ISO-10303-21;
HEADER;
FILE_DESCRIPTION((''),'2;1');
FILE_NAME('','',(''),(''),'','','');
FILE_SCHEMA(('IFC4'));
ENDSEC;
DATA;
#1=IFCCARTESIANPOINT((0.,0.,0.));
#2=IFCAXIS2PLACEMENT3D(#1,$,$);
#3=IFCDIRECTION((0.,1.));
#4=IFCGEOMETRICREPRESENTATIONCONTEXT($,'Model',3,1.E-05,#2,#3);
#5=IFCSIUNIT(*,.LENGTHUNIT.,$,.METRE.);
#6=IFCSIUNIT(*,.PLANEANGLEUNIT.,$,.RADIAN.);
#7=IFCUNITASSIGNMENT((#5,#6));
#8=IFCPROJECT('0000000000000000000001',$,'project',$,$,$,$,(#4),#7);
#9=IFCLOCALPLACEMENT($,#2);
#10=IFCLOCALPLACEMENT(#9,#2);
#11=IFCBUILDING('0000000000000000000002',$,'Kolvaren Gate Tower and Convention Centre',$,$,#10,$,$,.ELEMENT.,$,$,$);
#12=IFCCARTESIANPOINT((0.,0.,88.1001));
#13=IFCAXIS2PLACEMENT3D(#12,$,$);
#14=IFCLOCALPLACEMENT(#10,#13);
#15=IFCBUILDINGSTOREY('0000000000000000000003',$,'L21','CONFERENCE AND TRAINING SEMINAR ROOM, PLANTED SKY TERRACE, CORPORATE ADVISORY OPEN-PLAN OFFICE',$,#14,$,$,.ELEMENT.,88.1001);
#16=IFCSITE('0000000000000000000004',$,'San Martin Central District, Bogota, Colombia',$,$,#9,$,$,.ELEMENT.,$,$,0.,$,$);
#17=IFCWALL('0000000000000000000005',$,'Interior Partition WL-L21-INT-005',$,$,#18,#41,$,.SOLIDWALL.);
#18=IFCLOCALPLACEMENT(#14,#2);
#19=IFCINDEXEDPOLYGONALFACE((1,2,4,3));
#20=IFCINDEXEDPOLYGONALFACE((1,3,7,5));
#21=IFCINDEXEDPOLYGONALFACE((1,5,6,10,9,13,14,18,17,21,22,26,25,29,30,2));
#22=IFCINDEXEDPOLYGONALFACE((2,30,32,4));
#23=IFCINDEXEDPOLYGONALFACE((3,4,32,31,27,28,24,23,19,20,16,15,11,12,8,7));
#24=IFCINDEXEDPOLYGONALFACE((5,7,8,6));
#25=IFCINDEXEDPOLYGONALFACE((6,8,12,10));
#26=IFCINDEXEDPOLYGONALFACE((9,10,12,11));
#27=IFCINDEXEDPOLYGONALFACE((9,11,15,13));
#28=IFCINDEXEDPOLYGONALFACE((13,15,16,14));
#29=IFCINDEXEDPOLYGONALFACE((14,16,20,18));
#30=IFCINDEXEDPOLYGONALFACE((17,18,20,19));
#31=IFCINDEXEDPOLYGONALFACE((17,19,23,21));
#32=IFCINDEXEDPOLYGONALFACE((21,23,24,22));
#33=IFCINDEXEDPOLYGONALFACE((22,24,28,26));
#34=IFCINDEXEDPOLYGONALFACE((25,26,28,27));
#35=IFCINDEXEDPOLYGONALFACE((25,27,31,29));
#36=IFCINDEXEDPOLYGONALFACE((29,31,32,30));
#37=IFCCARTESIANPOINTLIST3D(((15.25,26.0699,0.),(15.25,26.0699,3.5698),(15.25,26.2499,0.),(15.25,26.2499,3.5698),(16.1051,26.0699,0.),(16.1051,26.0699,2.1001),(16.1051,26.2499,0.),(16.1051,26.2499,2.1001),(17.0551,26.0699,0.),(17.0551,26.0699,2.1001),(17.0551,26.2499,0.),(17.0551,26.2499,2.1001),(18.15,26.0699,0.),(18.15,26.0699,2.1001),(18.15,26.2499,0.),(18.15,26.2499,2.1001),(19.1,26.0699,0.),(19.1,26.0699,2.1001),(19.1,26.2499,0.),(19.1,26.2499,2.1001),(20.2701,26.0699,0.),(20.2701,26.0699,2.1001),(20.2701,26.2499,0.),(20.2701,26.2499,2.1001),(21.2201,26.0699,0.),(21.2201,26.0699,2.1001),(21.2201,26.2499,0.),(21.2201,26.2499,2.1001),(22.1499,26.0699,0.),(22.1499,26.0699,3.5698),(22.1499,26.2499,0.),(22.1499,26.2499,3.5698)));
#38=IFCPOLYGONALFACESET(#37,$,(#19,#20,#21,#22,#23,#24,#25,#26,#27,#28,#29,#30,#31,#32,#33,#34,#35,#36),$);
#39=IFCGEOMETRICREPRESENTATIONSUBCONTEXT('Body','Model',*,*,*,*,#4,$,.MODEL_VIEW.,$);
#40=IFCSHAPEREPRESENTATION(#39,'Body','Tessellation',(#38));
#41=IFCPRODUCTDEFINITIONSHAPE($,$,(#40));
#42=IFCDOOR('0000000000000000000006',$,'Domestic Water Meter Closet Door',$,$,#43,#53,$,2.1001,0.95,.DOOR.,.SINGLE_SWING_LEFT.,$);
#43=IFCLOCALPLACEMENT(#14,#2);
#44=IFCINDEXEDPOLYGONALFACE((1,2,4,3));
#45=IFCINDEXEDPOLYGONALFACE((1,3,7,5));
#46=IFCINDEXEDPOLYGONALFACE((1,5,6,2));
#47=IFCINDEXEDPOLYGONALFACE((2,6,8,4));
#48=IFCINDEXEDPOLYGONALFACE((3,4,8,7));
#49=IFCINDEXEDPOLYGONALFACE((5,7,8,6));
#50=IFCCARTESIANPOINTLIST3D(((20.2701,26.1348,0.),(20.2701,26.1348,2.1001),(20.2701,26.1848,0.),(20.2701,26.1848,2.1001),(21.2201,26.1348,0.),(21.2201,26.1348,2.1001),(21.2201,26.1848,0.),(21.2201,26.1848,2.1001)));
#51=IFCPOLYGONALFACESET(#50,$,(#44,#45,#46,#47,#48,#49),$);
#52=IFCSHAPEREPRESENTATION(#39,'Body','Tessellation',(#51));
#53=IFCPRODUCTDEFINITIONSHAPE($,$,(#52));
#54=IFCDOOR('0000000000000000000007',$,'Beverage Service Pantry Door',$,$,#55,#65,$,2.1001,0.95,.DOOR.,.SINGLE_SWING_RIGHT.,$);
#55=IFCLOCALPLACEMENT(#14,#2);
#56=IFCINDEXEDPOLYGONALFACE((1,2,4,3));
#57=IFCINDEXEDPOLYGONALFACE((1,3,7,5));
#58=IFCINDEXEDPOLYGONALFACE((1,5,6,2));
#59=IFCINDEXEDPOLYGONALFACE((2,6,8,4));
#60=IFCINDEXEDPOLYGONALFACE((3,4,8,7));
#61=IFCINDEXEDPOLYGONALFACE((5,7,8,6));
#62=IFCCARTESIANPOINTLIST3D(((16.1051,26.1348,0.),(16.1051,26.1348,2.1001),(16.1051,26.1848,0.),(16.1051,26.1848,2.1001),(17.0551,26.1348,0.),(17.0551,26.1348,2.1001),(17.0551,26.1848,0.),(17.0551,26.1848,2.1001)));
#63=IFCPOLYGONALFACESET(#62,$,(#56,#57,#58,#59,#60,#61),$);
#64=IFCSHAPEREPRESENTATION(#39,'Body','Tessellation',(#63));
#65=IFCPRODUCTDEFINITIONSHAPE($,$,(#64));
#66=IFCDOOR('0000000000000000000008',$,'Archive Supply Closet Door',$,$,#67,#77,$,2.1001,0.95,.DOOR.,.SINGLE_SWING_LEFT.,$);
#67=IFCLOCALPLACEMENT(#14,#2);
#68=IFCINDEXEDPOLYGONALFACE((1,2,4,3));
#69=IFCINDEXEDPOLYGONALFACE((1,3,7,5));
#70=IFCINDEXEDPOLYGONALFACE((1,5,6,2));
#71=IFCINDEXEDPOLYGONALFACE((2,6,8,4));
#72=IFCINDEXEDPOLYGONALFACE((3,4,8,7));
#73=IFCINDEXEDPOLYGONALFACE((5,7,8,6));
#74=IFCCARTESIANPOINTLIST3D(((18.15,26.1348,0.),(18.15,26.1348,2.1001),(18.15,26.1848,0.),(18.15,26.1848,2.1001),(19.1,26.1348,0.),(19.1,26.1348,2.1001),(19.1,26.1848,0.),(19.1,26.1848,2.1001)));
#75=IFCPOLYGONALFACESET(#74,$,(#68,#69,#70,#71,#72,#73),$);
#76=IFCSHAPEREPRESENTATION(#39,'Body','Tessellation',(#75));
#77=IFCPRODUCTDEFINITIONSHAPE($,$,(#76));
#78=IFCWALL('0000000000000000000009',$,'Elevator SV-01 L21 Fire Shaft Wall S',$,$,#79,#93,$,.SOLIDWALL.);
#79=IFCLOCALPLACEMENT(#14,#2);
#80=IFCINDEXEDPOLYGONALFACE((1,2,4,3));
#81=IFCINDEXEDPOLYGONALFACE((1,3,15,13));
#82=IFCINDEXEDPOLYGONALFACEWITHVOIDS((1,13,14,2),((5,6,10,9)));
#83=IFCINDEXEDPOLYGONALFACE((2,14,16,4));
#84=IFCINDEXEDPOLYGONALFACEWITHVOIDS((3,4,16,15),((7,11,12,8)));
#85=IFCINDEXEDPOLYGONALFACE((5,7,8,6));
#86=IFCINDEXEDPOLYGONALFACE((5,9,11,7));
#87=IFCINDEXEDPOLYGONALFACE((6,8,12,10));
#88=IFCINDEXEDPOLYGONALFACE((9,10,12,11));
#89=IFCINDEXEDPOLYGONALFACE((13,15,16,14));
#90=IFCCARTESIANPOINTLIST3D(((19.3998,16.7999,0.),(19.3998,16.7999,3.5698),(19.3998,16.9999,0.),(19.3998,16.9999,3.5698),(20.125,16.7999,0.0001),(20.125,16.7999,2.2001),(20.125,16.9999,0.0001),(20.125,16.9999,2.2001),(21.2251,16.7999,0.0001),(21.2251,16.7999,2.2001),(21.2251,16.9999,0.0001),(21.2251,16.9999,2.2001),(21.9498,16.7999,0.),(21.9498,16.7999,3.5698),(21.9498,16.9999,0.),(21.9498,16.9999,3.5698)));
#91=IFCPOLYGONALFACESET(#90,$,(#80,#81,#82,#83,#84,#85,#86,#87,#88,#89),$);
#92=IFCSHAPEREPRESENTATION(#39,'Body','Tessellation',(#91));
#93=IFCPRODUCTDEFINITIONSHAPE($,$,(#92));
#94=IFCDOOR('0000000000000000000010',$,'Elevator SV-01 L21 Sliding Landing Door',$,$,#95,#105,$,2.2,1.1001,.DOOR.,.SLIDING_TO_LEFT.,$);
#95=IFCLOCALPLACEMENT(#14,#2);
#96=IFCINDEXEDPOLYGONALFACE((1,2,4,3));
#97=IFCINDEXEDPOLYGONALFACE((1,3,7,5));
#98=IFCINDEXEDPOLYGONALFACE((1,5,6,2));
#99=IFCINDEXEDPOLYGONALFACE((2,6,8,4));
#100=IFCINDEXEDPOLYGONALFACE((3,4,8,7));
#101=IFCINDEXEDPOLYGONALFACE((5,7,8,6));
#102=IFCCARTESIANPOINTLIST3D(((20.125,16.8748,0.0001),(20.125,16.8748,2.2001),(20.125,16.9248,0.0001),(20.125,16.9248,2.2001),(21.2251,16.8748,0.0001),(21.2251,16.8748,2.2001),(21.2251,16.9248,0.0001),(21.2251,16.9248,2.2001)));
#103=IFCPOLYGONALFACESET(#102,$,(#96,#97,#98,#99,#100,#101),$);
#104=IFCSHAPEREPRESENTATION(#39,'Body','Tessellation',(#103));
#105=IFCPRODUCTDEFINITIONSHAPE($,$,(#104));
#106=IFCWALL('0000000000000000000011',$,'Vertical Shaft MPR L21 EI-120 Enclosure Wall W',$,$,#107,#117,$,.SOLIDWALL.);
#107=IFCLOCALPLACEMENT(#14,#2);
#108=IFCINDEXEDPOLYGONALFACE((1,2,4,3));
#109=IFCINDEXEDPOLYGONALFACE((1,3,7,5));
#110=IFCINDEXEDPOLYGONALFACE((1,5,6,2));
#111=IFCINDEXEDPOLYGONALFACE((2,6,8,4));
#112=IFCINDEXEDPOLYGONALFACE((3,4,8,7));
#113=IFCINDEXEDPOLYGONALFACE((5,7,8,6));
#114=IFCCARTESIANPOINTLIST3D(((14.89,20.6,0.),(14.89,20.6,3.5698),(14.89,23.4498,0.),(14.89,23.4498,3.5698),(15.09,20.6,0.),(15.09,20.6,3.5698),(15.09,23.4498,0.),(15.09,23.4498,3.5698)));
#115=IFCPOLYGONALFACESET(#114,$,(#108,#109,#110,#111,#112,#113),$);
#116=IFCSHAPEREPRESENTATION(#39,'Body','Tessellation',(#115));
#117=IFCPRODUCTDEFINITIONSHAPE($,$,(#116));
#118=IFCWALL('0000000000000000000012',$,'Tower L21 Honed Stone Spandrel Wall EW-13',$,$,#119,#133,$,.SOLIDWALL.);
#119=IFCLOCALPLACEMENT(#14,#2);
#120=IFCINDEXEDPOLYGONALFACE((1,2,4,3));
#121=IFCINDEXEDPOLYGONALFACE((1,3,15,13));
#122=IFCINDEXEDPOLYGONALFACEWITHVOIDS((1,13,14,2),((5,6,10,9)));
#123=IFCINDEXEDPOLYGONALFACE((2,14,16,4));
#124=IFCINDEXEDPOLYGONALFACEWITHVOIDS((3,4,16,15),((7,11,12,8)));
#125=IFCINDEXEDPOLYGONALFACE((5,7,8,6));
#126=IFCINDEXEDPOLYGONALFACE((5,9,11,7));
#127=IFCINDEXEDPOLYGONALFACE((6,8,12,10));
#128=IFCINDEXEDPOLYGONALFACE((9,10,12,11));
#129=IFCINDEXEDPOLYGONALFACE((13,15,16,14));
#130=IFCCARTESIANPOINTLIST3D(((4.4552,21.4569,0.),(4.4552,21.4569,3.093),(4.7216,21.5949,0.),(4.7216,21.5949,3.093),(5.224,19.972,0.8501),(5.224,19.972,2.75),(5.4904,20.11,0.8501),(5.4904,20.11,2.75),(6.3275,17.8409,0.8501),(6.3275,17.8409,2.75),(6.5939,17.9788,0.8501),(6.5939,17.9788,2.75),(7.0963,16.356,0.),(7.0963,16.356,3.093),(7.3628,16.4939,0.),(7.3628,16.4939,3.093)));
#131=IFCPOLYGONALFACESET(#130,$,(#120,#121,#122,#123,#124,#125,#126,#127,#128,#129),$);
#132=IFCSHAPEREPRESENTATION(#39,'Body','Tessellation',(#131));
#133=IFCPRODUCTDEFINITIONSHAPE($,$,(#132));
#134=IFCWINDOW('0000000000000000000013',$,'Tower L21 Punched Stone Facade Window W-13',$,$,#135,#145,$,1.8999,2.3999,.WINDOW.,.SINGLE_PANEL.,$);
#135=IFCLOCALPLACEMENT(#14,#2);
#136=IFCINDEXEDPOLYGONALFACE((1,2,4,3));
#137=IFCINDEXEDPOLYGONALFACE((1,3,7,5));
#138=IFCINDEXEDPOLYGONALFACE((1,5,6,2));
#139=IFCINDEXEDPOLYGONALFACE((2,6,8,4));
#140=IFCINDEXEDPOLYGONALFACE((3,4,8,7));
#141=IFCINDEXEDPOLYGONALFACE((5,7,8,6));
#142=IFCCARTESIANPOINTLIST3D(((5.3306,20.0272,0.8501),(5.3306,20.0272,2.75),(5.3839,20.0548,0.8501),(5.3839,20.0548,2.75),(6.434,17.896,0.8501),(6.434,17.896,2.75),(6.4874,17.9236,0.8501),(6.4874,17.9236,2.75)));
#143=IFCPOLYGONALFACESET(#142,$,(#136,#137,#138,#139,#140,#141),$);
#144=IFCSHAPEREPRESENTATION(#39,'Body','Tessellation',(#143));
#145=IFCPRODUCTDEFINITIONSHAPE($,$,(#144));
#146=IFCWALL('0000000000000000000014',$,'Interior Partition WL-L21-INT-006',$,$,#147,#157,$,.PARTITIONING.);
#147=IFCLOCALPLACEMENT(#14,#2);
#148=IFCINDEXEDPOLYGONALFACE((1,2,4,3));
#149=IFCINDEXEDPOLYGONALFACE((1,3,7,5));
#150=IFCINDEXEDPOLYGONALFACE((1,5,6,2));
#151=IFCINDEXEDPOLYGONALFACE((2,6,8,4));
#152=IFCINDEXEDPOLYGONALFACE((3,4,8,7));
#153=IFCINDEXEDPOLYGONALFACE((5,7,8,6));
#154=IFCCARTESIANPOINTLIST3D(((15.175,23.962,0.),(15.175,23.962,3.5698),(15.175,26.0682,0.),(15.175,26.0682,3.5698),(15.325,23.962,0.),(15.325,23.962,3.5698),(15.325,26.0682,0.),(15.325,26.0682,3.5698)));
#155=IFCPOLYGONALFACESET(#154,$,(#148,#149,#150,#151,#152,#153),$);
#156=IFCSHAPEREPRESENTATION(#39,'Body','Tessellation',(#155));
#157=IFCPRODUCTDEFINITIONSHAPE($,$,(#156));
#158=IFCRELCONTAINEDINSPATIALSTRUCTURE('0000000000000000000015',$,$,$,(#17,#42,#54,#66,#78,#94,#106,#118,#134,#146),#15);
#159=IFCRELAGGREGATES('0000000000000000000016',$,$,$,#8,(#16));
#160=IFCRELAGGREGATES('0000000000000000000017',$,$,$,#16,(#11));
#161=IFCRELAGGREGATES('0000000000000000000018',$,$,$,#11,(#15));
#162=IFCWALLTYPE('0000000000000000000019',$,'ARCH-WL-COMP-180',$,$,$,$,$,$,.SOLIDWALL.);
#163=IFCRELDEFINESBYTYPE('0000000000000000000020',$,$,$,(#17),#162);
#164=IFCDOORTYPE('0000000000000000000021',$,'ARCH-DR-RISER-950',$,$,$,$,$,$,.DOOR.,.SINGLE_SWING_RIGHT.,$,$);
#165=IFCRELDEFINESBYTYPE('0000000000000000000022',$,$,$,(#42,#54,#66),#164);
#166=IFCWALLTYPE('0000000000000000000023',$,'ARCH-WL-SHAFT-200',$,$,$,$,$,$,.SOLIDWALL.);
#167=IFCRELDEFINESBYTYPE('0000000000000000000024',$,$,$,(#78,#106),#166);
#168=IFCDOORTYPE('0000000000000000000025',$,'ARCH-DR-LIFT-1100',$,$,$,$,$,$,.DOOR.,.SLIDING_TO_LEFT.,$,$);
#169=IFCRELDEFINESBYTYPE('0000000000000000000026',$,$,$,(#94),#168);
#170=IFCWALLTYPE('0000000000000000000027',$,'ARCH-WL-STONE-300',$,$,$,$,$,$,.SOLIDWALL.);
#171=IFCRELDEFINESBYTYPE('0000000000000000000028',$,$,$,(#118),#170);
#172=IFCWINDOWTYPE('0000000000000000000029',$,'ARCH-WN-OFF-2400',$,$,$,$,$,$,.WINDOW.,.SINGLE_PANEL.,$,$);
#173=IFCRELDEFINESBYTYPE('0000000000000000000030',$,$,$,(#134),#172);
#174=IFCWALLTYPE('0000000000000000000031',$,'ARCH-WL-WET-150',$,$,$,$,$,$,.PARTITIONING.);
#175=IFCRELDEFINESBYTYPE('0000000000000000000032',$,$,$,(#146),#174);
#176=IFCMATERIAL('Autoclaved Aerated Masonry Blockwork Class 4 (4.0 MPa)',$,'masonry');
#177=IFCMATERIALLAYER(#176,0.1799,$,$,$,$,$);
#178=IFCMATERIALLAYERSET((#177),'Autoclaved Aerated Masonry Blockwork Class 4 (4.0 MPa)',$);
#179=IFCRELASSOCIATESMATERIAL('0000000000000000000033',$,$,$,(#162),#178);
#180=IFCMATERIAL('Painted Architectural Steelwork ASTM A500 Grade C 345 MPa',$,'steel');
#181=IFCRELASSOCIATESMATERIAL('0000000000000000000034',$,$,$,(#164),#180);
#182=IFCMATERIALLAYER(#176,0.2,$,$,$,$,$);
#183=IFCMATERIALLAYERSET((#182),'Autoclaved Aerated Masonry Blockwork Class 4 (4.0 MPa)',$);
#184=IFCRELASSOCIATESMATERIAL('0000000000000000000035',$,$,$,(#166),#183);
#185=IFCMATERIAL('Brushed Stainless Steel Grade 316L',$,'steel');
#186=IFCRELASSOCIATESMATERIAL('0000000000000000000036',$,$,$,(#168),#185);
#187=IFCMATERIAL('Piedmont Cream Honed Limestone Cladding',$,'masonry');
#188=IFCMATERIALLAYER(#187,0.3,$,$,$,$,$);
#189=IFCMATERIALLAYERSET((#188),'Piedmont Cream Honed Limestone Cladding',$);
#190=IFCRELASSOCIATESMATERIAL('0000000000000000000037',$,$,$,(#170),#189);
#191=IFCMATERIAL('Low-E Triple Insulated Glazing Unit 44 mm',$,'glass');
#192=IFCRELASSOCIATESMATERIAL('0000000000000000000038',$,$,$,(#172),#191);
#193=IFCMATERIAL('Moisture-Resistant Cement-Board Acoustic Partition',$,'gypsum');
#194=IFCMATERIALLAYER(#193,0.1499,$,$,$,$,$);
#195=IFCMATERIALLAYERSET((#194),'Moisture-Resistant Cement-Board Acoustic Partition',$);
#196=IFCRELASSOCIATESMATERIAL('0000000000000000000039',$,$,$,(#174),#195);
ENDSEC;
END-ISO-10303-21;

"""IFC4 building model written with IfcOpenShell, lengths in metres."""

from ifc_helpers import new_model, si_unit, direction, frame, frame_2d, origin, place, context, subcontext, project, spatial, rectangle, extrude, material, layer, layer_set, type_object, element, fill, save


model = new_model("IFC4")

# Units and contexts
model_context = context("Model", 3, precision=1e-05, world=origin(), true_north=direction((0.0, 1.0)))
body_context = subcontext(model_context, "Body", "Model", "MODEL_VIEW")
ifc_project = project(units=[si_unit("LENGTHUNIT", "METRE"), si_unit("PLANEANGLEUNIT", "RADIAN")], contexts=[model_context])

# Site, building, storey
site_placement = place(None, origin())
site = spatial("IfcSite", under=ifc_project, at=site_placement, Name="San Martin Central District, Bogota, Colombia", CompositionType="ELEMENT", RefElevation=0.0)
building_placement = place(site_placement, origin())
building = spatial("IfcBuilding", under=site, at=building_placement, Name="Kolvaren Gate Tower and Convention Centre", CompositionType="ELEMENT")
storey_placement = place(building_placement, frame((0.0, 0.0, 88.1001)))
storey = spatial("IfcBuildingStorey", under=building, at=storey_placement, Name="L21", Description="CONFERENCE AND TRAINING SEMINAR ROOM, PLANTED SKY TERRACE, CORPORATE ADVISORY OPEN-PLAN OFFICE", CompositionType="ELEMENT", Elevation=88.1001)

# Wall, openings, doors
ifc_material_1 = material(Name="Autoclaved Aerated Masonry Blockwork Class 4 (4.0 MPa)", Category="masonry")
ifc_layer_1 = layer(ifc_material_1, 0.1799)
ifc_layer_set_1 = layer_set([ifc_layer_1], Name="Autoclaved Aerated Masonry Blockwork Class 4 (4.0 MPa)")
wall_type_1 = type_object("IfcWallType", Name="ARCH-WL-COMP-180", PredefinedType="SOLIDWALL", material=ifc_layer_set_1)
wall_1_placement = place(storey_placement, frame((15.25, 26.1599, 0.0), z_axis=(0.0, 0.0, 1.0), x_axis=(1.0, 0.0, 0.0)))
wall_1 = element("IfcWall", 1, at=wall_1_placement, inside=storey, type_object=wall_type_1, Name="Interior Partition WL-L21-INT-005", PredefinedType="SOLIDWALL", context=body_context, shape_type="SweptSolid", body=[
    extrude(rectangle(XDim=6.8999, YDim=0.1799, at=frame_2d((3.45, 0.0))), origin(), (0.0, 0.0, 1.0), 3.5698),
])
opening_1_placement = place(wall_1_placement, frame((5.02, 0.0, 0.0)))
opening_1 = element("IfcOpeningElement", 2, at=opening_1_placement, cuts=wall_1, PredefinedType="OPENING", context=body_context, shape_type="SweptSolid", body=[
    extrude(rectangle(XDim=0.95, YDim=2.1001, at=frame_2d((0.4751, 1.05))), frame((0.0, 0.0999, 0.0), z_axis=(0.0, -1.0, 0.0), x_axis=(1.0, 0.0, 0.0)), (0.0, 0.0, 1.0), 0.2),
])
opening_2_placement = place(wall_1_placement, frame((0.855, 0.0, 0.0)))
opening_2 = element("IfcOpeningElement", 3, at=opening_2_placement, cuts=wall_1, PredefinedType="OPENING", context=body_context, shape_type="SweptSolid", body=[
    extrude(rectangle(XDim=0.95, YDim=2.1001, at=frame_2d((0.4751, 1.05))), frame((0.0, 0.0999, 0.0), z_axis=(0.0, -1.0, 0.0), x_axis=(1.0, 0.0, 0.0)), (0.0, 0.0, 1.0), 0.2),
])
opening_3_placement = place(wall_1_placement, frame((2.8999, 0.0, 0.0)))
opening_3 = element("IfcOpeningElement", 4, at=opening_3_placement, cuts=wall_1, PredefinedType="OPENING", context=body_context, shape_type="SweptSolid", body=[
    extrude(rectangle(XDim=0.95, YDim=2.1001, at=frame_2d((0.4751, 1.05))), frame((0.0, 0.0999, 0.0), z_axis=(0.0, -1.0, 0.0), x_axis=(1.0, 0.0, 0.0)), (0.0, 0.0, 1.0), 0.2),
])
ifc_material_2 = material(Name="Painted Architectural Steelwork ASTM A500 Grade C 345 MPa", Category="steel")
door_type_1 = type_object("IfcDoorType", Name="ARCH-DR-RISER-950", OperationType="SINGLE_SWING_RIGHT", PredefinedType="DOOR", material=ifc_material_2)
door_1_placement = place(opening_1_placement, origin())
door_1 = element("IfcDoor", 5, at=door_1_placement, inside=storey, type_object=door_type_1, Name="Domestic Water Meter Closet Door", OperationType="SINGLE_SWING_LEFT", OverallHeight=2.1001, OverallWidth=0.95, PredefinedType="DOOR", context=body_context, shape_type="SweptSolid", body=[
    extrude(rectangle(XDim=0.95, YDim=2.1001, at=frame_2d((0.4751, 1.05))), frame((0.0, 0.0249, 0.0), z_axis=(0.0, -1.0, 0.0), x_axis=(1.0, 0.0, 0.0)), (0.0, 0.0, 1.0), 0.05),
])
fill(opening_1, door_1)
door_2_placement = place(opening_2_placement, origin())
door_2 = element("IfcDoor", 6, at=door_2_placement, inside=storey, type_object=door_type_1, Name="Beverage Service Pantry Door", OperationType="SINGLE_SWING_RIGHT", OverallHeight=2.1001, OverallWidth=0.95, PredefinedType="DOOR", context=body_context, shape_type="SweptSolid", body=[
    extrude(rectangle(XDim=0.95, YDim=2.1001, at=frame_2d((0.4751, 1.05))), frame((0.0, 0.0249, 0.0), z_axis=(0.0, -1.0, 0.0), x_axis=(1.0, 0.0, 0.0)), (0.0, 0.0, 1.0), 0.05),
])
fill(opening_2, door_2)
door_3_placement = place(opening_3_placement, origin())
door_3 = element("IfcDoor", 7, at=door_3_placement, inside=storey, type_object=door_type_1, Name="Archive Supply Closet Door", OperationType="SINGLE_SWING_LEFT", OverallHeight=2.1001, OverallWidth=0.95, PredefinedType="DOOR", context=body_context, shape_type="SweptSolid", body=[
    extrude(rectangle(XDim=0.95, YDim=2.1001, at=frame_2d((0.4751, 1.05))), frame((0.0, 0.0249, 0.0), z_axis=(0.0, -1.0, 0.0), x_axis=(1.0, 0.0, 0.0)), (0.0, 0.0, 1.0), 0.05),
])
fill(opening_3, door_3)

# Wall, opening, door
ifc_layer_2 = layer(ifc_material_1, 0.2)
ifc_layer_set_2 = layer_set([ifc_layer_2], Name="Autoclaved Aerated Masonry Blockwork Class 4 (4.0 MPa)")
wall_type_2 = type_object("IfcWallType", Name="ARCH-WL-SHAFT-200", PredefinedType="SOLIDWALL", material=ifc_layer_set_2)
wall_2_placement = place(storey_placement, frame((19.3999, 16.8999, 0.0), z_axis=(0.0, 0.0, 1.0), x_axis=(1.0, 0.0, 0.0)))
wall_2 = element("IfcWall", 8, at=wall_2_placement, inside=storey, type_object=wall_type_2, Name="Elevator SV-01 L21 Fire Shaft Wall S", PredefinedType="SOLIDWALL", context=body_context, shape_type="SweptSolid", body=[
    extrude(rectangle(XDim=2.55, YDim=0.2, at=frame_2d((1.2749, 0.0))), origin(), (0.0, 0.0, 1.0), 3.5698),
])
opening_4_placement = place(wall_2_placement, frame((0.7251, 0.0, 0.0)))
opening_4 = element("IfcOpeningElement", 9, at=opening_4_placement, cuts=wall_2, PredefinedType="OPENING", context=body_context, shape_type="SweptSolid", body=[
    extrude(rectangle(XDim=1.1001, YDim=2.2, at=frame_2d((0.55, 1.1001))), frame((0.0, 0.1099, 0.0), z_axis=(0.0, -1.0, 0.0), x_axis=(1.0, 0.0, 0.0)), (0.0, 0.0, 1.0), 0.22),
])
ifc_material_3 = material(Name="Brushed Stainless Steel Grade 316L", Category="steel")
door_type_2 = type_object("IfcDoorType", Name="ARCH-DR-LIFT-1100", OperationType="SLIDING_TO_LEFT", PredefinedType="DOOR", material=ifc_material_3)
door_4_placement = place(opening_4_placement, origin())
door_4 = element("IfcDoor", 10, at=door_4_placement, inside=storey, type_object=door_type_2, Name="Elevator SV-01 L21 Sliding Landing Door", OperationType="SLIDING_TO_LEFT", OverallHeight=2.2, OverallWidth=1.1001, PredefinedType="DOOR", context=body_context, shape_type="SweptSolid", body=[
    extrude(rectangle(XDim=1.1001, YDim=2.2, at=frame_2d((0.55, 1.1001))), frame((0.0, 0.0249, 0.0), z_axis=(0.0, -1.0, 0.0), x_axis=(1.0, 0.0, 0.0)), (0.0, 0.0, 1.0), 0.05),
])
fill(opening_4, door_4)

# Wall
wall_3_placement = place(storey_placement, frame((14.99, 20.6001, 0.0), z_axis=(0.0, 0.0, 1.0), x_axis=(0.0, 1.0, 0.0)))
element("IfcWall", 11, at=wall_3_placement, inside=storey, type_object=wall_type_2, Name="Vertical Shaft MPR L21 EI-120 Enclosure Wall W", PredefinedType="SOLIDWALL", context=body_context, shape_type="SweptSolid", body=[
    extrude(rectangle(XDim=2.8499, YDim=0.2, at=frame_2d((1.4248, 0.0))), origin(), (0.0, 0.0, 1.0), 3.5698),
])

# Wall, opening, window
ifc_material_4 = material(Name="Piedmont Cream Honed Limestone Cladding", Category="masonry")
ifc_layer_3 = layer(ifc_material_4, 0.3)
ifc_layer_set_3 = layer_set([ifc_layer_3], Name="Piedmont Cream Honed Limestone Cladding")
wall_type_3 = type_object("IfcWallType", Name="ARCH-WL-STONE-300", PredefinedType="SOLIDWALL", material=ifc_layer_set_3)
wall_4_placement = place(storey_placement, frame((4.5884, 21.5259, 0.0), z_axis=(0.0, 0.0, 1.0), x_axis=(0.459801, -0.888022, 0.0)))
wall_4 = element("IfcWall", 12, at=wall_4_placement, inside=storey, type_object=wall_type_3, Name="Tower L21 Honed Stone Spandrel Wall EW-13", PredefinedType="SOLIDWALL", context=body_context, shape_type="SweptSolid", body=[
    extrude(rectangle(XDim=5.7441, YDim=0.3, at=frame_2d((2.8721, 0.0))), origin(), (0.0, 0.0, 1.0), 3.093),
])
opening_5_placement = place(wall_4_placement, frame((1.6721, 0.0, 0.8501)))
opening_5 = element("IfcOpeningElement", 13, at=opening_5_placement, cuts=wall_4, PredefinedType="OPENING", context=body_context, shape_type="SweptSolid", body=[
    extrude(rectangle(XDim=2.3999, YDim=1.8999, at=frame_2d((1.2, 0.95))), frame((0.0, 0.1599, 0.0), z_axis=(0.0, -1.0, 0.0), x_axis=(1.0, 0.0, 0.0)), (0.0, 0.0, 1.0), 0.3201),
])
ifc_material_5 = material(Name="Low-E Triple Insulated Glazing Unit 44 mm", Category="glass")
window_type = type_object("IfcWindowType", Name="ARCH-WN-OFF-2400", PartitioningType="SINGLE_PANEL", PredefinedType="WINDOW", material=ifc_material_5)
window_placement = place(opening_5_placement, origin())
window = element("IfcWindow", 14, at=window_placement, inside=storey, type_object=window_type, Name="Tower L21 Punched Stone Facade Window W-13", OverallHeight=1.8999, OverallWidth=2.3999, PartitioningType="SINGLE_PANEL", PredefinedType="WINDOW", context=body_context, shape_type="SweptSolid", body=[
    extrude(rectangle(XDim=2.3999, YDim=1.8999, at=frame_2d((1.2, 0.95))), frame((0.0, 0.03, 0.0), z_axis=(0.0, -1.0, 0.0), x_axis=(1.0, 0.0, 0.0)), (0.0, 0.0, 1.0), 0.0601),
])
fill(opening_5, window)

# Wall
ifc_material_6 = material(Name="Moisture-Resistant Cement-Board Acoustic Partition", Category="gypsum")
ifc_layer_4 = layer(ifc_material_6, 0.1499)
ifc_layer_set_4 = layer_set([ifc_layer_4], Name="Moisture-Resistant Cement-Board Acoustic Partition")
wall_type_4 = type_object("IfcWallType", Name="ARCH-WL-WET-150", PredefinedType="PARTITIONING", material=ifc_layer_set_4)
for number, where, z_axis, x_axis, name in (
    (15, (15.25, 23.9619, 0.0), (0.0, 0.0, 1.0), (0.0, 1.0, 0.0), "Interior Partition WL-L21-INT-006"),
):
    element("IfcWall", number, at=place(storey_placement, frame(where, z_axis=z_axis, x_axis=x_axis)), inside=storey, type_object=wall_type_4, Name=name, PredefinedType="PARTITIONING", context=body_context, shape_type="SweptSolid", body=[
        extrude(rectangle(XDim=2.1062, YDim=0.1499, at=frame_2d((1.0532, 0.0))), origin(), (0.0, 0.0, 1.0), 3.5698),
    ])

save(model, "model.ifc")
